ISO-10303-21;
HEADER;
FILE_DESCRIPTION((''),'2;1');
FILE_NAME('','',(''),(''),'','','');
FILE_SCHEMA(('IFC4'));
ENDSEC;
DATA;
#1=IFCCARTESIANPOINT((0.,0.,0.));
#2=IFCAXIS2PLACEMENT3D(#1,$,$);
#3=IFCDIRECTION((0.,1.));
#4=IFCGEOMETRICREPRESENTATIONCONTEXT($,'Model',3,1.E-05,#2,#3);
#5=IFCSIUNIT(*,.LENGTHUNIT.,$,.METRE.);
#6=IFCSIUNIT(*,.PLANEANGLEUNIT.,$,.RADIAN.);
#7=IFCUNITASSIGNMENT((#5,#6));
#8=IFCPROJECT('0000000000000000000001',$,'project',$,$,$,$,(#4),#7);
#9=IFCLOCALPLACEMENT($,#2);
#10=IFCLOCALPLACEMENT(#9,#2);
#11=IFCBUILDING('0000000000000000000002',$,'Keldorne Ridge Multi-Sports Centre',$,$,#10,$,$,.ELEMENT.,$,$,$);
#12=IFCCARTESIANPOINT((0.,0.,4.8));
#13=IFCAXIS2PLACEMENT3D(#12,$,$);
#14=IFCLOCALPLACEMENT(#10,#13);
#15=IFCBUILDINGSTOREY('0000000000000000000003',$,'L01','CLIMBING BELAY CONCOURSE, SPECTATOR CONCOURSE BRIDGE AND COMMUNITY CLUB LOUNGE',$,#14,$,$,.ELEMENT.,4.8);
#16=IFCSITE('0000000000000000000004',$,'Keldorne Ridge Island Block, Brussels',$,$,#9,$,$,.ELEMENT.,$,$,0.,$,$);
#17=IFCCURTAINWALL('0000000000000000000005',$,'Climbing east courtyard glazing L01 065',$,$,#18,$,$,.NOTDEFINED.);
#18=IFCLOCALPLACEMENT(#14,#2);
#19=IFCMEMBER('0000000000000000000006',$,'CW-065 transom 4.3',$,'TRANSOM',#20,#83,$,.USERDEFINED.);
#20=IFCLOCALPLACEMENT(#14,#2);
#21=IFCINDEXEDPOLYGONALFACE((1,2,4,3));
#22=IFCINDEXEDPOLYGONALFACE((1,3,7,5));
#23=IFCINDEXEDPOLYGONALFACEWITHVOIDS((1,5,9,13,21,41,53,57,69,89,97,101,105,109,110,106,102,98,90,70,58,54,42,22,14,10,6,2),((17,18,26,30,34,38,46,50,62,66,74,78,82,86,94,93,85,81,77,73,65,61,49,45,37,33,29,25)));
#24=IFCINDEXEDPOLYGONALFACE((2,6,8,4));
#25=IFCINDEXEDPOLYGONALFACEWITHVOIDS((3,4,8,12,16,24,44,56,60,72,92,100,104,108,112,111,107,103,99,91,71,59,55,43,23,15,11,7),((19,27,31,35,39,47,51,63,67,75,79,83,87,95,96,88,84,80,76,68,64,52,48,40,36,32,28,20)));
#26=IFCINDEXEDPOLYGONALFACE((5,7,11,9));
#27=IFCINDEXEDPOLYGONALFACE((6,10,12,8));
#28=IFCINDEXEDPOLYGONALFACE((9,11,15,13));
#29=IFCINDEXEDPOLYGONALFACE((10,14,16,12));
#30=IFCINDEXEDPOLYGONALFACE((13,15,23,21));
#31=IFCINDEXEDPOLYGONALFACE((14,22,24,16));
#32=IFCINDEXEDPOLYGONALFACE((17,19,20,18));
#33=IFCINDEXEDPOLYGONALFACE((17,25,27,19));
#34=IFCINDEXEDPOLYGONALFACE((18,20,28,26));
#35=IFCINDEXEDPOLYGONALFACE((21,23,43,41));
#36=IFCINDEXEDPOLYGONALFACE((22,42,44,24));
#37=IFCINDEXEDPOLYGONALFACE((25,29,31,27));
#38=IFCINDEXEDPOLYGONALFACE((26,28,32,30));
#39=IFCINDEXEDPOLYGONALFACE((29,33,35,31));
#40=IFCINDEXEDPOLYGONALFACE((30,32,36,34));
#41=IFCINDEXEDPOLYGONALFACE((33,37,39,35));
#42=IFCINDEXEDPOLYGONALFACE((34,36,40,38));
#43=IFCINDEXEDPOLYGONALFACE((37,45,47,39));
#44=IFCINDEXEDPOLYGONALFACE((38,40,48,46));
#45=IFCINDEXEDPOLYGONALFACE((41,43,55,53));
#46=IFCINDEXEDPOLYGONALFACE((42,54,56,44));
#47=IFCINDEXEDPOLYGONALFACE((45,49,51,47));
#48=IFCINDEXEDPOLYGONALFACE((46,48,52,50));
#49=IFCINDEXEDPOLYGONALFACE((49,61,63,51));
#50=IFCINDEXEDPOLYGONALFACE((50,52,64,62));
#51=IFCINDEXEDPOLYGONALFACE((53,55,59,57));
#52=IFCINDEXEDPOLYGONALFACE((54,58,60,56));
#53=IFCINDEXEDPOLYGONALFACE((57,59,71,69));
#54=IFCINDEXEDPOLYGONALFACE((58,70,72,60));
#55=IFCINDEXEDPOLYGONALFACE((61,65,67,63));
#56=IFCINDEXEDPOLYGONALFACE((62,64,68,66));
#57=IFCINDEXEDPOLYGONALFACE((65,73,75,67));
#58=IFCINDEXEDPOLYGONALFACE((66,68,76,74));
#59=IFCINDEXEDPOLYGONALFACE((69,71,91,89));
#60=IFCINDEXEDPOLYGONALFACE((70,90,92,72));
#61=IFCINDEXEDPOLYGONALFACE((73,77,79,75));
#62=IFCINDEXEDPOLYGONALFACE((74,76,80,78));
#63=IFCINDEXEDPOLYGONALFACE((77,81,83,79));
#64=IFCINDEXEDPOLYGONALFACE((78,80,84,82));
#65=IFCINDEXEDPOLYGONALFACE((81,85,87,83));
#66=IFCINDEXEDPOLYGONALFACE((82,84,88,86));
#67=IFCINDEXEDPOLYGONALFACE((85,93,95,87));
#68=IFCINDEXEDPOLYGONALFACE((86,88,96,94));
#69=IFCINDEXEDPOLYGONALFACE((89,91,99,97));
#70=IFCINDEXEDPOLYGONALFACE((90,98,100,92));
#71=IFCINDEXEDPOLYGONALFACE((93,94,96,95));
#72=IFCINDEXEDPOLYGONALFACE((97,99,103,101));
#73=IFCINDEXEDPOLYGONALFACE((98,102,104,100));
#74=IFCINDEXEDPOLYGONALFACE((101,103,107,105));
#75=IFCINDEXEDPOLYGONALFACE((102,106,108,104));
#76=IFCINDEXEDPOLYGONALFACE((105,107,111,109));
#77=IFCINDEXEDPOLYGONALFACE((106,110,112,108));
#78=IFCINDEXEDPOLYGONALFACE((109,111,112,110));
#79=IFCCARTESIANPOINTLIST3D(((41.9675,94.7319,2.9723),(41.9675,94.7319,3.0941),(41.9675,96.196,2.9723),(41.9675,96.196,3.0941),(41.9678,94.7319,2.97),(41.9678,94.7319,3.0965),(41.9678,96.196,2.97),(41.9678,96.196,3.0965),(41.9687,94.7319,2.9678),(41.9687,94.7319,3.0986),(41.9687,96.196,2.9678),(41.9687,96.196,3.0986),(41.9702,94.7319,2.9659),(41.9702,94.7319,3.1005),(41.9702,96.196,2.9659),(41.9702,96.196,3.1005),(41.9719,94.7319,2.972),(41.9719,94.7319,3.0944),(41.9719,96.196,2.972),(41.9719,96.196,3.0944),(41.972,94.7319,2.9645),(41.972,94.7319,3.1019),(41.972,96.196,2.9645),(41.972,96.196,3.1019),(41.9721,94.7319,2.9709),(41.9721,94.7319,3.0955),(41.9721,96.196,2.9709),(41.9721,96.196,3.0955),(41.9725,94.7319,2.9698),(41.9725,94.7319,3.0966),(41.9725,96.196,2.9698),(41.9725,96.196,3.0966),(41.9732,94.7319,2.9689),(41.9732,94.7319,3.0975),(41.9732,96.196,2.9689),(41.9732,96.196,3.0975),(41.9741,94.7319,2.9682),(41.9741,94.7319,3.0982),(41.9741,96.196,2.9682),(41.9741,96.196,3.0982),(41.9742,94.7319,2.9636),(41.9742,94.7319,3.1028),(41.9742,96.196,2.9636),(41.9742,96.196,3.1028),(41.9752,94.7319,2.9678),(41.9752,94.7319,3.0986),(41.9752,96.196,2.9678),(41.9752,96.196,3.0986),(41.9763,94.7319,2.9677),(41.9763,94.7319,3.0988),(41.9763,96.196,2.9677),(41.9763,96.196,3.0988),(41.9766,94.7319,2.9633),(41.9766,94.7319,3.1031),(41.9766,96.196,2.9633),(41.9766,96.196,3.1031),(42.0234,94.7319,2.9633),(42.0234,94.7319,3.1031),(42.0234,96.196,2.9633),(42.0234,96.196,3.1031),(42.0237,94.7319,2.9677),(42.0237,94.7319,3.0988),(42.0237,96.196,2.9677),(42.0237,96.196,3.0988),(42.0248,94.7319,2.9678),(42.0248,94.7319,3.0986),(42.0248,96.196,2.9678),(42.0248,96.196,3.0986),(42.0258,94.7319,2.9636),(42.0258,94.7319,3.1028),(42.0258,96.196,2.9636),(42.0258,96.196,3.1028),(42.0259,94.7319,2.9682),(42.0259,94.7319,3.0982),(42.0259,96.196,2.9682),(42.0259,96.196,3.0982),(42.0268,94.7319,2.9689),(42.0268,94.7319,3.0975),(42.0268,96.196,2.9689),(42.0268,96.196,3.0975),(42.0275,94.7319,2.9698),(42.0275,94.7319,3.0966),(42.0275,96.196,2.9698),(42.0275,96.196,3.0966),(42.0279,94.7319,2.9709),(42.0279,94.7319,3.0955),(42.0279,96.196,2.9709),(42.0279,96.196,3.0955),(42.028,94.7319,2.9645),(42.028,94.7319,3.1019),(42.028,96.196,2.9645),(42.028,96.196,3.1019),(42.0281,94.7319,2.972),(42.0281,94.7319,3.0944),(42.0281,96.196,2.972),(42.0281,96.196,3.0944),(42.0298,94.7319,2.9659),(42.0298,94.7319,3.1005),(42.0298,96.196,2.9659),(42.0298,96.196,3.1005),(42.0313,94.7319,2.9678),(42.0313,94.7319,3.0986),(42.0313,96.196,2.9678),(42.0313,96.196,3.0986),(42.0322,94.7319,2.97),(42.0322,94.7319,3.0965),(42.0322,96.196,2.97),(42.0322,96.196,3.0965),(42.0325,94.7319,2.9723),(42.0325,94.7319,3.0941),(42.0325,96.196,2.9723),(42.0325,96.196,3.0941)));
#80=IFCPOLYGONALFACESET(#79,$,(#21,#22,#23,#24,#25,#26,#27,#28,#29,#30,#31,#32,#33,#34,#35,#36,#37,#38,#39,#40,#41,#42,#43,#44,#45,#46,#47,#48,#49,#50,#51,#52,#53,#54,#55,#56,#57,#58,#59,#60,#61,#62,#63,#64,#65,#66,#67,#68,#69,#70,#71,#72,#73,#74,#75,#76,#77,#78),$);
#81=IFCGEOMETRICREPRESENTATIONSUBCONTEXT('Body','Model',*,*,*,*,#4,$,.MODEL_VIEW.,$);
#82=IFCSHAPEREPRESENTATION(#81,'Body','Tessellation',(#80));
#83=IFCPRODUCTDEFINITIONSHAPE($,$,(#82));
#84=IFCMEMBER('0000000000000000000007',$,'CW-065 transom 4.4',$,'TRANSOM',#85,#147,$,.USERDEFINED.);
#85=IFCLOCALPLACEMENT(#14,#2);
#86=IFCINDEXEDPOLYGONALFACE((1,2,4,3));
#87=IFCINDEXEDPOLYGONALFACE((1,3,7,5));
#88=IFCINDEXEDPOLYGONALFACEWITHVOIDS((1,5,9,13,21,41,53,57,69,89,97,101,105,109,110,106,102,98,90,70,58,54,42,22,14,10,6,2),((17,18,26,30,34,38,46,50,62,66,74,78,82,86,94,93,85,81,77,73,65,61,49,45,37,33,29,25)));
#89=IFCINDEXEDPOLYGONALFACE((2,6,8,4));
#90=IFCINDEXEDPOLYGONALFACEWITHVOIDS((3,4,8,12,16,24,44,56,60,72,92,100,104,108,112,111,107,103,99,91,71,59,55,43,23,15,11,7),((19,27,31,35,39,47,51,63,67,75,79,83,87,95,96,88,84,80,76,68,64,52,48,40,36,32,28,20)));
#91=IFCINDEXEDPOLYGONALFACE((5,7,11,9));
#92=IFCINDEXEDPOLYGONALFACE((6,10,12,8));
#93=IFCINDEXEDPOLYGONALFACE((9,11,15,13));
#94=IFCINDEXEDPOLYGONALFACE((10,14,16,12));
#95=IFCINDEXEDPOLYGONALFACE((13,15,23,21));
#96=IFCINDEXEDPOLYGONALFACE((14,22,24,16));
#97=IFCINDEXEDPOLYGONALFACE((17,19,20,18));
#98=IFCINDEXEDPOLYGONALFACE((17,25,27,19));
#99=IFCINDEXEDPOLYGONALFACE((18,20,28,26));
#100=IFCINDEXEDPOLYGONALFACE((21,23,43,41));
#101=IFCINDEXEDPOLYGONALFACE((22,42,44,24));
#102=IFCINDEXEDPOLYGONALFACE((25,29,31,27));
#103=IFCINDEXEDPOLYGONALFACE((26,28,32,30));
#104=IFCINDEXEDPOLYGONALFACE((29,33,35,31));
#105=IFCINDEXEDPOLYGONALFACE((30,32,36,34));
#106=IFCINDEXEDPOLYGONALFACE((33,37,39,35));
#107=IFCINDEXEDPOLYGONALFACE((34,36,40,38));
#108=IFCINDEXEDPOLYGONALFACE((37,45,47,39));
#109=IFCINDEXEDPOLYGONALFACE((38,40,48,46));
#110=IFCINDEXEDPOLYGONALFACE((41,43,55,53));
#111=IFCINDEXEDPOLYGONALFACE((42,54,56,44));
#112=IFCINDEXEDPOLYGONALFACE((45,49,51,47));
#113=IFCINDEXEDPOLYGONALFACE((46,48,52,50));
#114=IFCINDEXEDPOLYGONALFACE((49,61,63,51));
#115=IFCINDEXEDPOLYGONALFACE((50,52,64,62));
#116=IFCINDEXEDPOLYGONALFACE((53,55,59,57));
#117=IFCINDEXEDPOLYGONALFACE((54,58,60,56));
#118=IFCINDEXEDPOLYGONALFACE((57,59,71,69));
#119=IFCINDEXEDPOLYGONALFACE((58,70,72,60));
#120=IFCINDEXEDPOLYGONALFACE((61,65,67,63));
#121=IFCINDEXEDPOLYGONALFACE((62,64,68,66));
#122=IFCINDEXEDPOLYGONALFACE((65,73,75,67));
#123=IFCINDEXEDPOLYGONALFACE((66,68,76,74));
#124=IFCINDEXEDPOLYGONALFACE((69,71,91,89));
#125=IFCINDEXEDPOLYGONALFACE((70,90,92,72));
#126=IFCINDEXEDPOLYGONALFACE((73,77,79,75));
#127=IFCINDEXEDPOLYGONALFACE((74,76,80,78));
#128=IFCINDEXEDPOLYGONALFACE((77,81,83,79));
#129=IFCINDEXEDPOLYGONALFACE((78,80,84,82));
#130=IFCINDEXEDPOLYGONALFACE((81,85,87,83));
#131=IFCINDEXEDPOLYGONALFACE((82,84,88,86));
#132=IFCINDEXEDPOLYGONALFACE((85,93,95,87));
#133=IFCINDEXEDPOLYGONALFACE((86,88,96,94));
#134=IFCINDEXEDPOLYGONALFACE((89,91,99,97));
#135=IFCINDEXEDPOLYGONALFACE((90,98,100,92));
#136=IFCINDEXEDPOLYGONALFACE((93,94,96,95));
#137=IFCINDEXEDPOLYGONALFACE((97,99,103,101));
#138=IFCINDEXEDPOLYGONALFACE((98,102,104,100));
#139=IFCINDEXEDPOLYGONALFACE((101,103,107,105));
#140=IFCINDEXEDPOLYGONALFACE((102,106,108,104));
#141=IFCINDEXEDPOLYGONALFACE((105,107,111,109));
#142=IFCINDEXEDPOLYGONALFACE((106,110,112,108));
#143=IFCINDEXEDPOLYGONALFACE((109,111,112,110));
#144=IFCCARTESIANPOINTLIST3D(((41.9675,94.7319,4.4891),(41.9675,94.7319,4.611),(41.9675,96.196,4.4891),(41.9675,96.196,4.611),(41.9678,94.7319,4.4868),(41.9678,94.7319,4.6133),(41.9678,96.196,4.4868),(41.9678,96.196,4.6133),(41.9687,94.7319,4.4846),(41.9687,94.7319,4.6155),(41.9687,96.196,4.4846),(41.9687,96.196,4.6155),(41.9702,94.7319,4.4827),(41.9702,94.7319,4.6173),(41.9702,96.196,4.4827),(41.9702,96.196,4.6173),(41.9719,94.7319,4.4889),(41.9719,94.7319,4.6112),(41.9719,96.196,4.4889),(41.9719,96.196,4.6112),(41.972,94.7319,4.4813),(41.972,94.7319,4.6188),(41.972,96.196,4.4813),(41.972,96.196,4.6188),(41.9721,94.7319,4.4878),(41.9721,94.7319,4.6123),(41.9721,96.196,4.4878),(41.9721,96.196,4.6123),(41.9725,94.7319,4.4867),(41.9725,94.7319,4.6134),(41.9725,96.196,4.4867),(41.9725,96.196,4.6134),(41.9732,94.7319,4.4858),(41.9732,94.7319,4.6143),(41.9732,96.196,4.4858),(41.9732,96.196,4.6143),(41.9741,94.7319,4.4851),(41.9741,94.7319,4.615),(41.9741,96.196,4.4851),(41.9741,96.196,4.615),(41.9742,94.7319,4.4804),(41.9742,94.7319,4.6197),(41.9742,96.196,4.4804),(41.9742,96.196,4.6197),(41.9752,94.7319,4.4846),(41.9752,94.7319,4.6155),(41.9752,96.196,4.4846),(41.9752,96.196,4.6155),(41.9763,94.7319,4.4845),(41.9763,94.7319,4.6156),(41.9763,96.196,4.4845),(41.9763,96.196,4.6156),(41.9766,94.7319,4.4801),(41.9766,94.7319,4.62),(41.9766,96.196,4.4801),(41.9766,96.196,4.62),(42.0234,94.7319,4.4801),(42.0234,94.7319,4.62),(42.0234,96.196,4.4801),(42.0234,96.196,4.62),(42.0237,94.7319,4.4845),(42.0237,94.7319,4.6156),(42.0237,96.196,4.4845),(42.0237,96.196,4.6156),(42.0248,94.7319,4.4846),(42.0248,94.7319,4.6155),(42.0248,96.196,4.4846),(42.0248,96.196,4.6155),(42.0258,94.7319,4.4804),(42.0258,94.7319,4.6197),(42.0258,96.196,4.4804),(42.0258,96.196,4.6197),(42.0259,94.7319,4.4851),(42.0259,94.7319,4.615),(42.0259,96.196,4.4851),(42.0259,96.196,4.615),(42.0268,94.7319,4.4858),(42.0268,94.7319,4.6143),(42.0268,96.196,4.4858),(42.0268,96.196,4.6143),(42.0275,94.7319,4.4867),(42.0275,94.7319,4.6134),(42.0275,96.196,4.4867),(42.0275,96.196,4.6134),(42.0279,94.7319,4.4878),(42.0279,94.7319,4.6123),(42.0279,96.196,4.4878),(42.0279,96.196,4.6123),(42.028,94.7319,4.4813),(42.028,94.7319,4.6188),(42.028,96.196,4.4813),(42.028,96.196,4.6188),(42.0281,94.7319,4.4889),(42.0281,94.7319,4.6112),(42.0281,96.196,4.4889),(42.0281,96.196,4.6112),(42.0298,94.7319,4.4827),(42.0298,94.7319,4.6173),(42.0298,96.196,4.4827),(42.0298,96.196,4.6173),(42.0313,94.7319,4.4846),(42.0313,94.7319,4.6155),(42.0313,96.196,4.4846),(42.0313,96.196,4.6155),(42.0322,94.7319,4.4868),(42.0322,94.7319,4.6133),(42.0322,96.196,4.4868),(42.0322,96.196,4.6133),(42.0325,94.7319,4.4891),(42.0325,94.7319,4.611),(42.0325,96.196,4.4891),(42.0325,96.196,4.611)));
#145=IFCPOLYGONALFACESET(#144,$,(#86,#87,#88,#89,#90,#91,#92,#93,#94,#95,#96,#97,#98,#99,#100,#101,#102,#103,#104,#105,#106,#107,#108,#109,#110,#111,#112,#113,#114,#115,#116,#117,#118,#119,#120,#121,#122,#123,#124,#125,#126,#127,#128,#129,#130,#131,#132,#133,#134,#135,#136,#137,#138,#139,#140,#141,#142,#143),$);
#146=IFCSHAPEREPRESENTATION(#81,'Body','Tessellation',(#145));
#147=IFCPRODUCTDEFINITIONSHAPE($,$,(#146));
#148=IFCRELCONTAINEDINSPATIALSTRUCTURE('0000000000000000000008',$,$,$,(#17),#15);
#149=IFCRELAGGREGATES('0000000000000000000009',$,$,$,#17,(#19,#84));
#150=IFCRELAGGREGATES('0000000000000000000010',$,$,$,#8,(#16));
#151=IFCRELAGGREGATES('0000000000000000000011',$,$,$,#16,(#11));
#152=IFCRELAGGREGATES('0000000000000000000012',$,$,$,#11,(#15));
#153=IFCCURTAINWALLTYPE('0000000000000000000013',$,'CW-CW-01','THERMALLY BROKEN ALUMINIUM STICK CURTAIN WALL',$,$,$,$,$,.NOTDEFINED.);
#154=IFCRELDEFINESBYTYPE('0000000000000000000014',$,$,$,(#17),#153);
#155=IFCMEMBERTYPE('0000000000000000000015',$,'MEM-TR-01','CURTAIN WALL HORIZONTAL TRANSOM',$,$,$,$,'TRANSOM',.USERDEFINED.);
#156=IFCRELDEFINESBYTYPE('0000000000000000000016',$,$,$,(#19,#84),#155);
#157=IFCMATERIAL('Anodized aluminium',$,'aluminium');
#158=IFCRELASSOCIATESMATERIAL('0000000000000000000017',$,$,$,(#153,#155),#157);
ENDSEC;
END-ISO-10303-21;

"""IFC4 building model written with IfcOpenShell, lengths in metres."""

from ifc_helpers import new_model, si_unit, direction, frame, origin, origin_2d, place, context, subcontext, project, spatial, hollow_rectangle, extrude, material, material_profile, profile_set, type_object, element, aggregate, save


model = new_model("IFC4")

# Units and contexts
model_context = context("Model", 3, precision=1e-05, world=origin(), true_north=direction((0.0, 1.0)))
body_context = subcontext(model_context, "Body", "Model", "MODEL_VIEW")
ifc_project = project(units=[si_unit("LENGTHUNIT", "METRE"), si_unit("PLANEANGLEUNIT", "RADIAN")], contexts=[model_context])

# Site, building, storey
site_placement = place(None, origin())
site = spatial("IfcSite", under=ifc_project, at=site_placement, Name="Keldorne Ridge Island Block, Brussels", CompositionType="ELEMENT", RefElevation=0.0)
building_placement = place(site_placement, origin())
building = spatial("IfcBuilding", under=site, at=building_placement, Name="Keldorne Ridge Multi-Sports Centre", CompositionType="ELEMENT")
storey_placement = place(building_placement, frame((0.0, 0.0, 4.8)))
storey = spatial("IfcBuildingStorey", under=building, at=storey_placement, Name="L01", Description="CLIMBING BELAY CONCOURSE, SPECTATOR CONCOURSE BRIDGE AND COMMUNITY CLUB LOUNGE", CompositionType="ELEMENT", Elevation=4.8)

# Curtain wall, members
ifc_material_1 = material(Name="Anodized aluminium", Category="aluminium")
curtain_wall_type_1 = type_object("IfcCurtainWallType", Name="CW-CW-01", Description="THERMALLY BROKEN ALUMINIUM STICK CURTAIN WALL", PredefinedType="NOTDEFINED", material=ifc_material_1)
curtain_wall_1_placement = place(storey_placement, origin())
curtain_wall_1 = element("IfcCurtainWall", 1, at=curtain_wall_1_placement, inside=storey, type_object=curtain_wall_type_1, Name="Climbing east courtyard glazing L01 065", PredefinedType="NOTDEFINED")
ifc_material_profile_1 = material_profile(ifc_material_1, hollow_rectangle(XDim=0.0649, YDim=0.1399, WallThickness=0.0044, InnerFilletRadius=0.0044, OuterFilletRadius=0.009, at=origin_2d()), Name="ALU TRANSOM 140x65x4.5")
ifc_profile_set_1 = profile_set([ifc_material_profile_1], Name="Anodized aluminium")
member_type_1 = type_object("IfcMemberType", Name="MEM-TR-01", Description="CURTAIN WALL HORIZONTAL TRANSOM", ElementType="TRANSOM", PredefinedType="USERDEFINED", material=ifc_profile_set_1)
member_1_placement = place(storey_placement, frame((42.0, 94.7319, 3.0332), z_axis=(0.0, 1.0, 0.0), x_axis=(-1.0, 0.0, 0.0)))
member_1 = element("IfcMember", 2, at=member_1_placement, type_object=member_type_1, Name="CW-065 transom 4.3", ObjectType="TRANSOM", PredefinedType="USERDEFINED", context=body_context, shape_type="SweptSolid", body=[
    extrude(hollow_rectangle(XDim=0.0649, YDim=0.1399, WallThickness=0.0044, InnerFilletRadius=0.0044, OuterFilletRadius=0.009, at=origin_2d()), origin(), (0.0, 0.0, 1.0), 1.4641),
])
member_2_placement = place(storey_placement, frame((42.0, 94.7319, 4.55), z_axis=(0.0, 1.0, 0.0), x_axis=(-1.0, 0.0, 0.0)))
member_2 = element("IfcMember", 3, at=member_2_placement, type_object=member_type_1, Name="CW-065 transom 4.4", ObjectType="TRANSOM", PredefinedType="USERDEFINED", context=body_context, shape_type="SweptSolid", body=[
    extrude(hollow_rectangle(XDim=0.0649, YDim=0.1399, WallThickness=0.0044, InnerFilletRadius=0.0044, OuterFilletRadius=0.009, at=origin_2d()), origin(), (0.0, 0.0, 1.0), 1.4641),
])
aggregate(curtain_wall_1, [member_1, member_2])

save(model, "model.ifc")
